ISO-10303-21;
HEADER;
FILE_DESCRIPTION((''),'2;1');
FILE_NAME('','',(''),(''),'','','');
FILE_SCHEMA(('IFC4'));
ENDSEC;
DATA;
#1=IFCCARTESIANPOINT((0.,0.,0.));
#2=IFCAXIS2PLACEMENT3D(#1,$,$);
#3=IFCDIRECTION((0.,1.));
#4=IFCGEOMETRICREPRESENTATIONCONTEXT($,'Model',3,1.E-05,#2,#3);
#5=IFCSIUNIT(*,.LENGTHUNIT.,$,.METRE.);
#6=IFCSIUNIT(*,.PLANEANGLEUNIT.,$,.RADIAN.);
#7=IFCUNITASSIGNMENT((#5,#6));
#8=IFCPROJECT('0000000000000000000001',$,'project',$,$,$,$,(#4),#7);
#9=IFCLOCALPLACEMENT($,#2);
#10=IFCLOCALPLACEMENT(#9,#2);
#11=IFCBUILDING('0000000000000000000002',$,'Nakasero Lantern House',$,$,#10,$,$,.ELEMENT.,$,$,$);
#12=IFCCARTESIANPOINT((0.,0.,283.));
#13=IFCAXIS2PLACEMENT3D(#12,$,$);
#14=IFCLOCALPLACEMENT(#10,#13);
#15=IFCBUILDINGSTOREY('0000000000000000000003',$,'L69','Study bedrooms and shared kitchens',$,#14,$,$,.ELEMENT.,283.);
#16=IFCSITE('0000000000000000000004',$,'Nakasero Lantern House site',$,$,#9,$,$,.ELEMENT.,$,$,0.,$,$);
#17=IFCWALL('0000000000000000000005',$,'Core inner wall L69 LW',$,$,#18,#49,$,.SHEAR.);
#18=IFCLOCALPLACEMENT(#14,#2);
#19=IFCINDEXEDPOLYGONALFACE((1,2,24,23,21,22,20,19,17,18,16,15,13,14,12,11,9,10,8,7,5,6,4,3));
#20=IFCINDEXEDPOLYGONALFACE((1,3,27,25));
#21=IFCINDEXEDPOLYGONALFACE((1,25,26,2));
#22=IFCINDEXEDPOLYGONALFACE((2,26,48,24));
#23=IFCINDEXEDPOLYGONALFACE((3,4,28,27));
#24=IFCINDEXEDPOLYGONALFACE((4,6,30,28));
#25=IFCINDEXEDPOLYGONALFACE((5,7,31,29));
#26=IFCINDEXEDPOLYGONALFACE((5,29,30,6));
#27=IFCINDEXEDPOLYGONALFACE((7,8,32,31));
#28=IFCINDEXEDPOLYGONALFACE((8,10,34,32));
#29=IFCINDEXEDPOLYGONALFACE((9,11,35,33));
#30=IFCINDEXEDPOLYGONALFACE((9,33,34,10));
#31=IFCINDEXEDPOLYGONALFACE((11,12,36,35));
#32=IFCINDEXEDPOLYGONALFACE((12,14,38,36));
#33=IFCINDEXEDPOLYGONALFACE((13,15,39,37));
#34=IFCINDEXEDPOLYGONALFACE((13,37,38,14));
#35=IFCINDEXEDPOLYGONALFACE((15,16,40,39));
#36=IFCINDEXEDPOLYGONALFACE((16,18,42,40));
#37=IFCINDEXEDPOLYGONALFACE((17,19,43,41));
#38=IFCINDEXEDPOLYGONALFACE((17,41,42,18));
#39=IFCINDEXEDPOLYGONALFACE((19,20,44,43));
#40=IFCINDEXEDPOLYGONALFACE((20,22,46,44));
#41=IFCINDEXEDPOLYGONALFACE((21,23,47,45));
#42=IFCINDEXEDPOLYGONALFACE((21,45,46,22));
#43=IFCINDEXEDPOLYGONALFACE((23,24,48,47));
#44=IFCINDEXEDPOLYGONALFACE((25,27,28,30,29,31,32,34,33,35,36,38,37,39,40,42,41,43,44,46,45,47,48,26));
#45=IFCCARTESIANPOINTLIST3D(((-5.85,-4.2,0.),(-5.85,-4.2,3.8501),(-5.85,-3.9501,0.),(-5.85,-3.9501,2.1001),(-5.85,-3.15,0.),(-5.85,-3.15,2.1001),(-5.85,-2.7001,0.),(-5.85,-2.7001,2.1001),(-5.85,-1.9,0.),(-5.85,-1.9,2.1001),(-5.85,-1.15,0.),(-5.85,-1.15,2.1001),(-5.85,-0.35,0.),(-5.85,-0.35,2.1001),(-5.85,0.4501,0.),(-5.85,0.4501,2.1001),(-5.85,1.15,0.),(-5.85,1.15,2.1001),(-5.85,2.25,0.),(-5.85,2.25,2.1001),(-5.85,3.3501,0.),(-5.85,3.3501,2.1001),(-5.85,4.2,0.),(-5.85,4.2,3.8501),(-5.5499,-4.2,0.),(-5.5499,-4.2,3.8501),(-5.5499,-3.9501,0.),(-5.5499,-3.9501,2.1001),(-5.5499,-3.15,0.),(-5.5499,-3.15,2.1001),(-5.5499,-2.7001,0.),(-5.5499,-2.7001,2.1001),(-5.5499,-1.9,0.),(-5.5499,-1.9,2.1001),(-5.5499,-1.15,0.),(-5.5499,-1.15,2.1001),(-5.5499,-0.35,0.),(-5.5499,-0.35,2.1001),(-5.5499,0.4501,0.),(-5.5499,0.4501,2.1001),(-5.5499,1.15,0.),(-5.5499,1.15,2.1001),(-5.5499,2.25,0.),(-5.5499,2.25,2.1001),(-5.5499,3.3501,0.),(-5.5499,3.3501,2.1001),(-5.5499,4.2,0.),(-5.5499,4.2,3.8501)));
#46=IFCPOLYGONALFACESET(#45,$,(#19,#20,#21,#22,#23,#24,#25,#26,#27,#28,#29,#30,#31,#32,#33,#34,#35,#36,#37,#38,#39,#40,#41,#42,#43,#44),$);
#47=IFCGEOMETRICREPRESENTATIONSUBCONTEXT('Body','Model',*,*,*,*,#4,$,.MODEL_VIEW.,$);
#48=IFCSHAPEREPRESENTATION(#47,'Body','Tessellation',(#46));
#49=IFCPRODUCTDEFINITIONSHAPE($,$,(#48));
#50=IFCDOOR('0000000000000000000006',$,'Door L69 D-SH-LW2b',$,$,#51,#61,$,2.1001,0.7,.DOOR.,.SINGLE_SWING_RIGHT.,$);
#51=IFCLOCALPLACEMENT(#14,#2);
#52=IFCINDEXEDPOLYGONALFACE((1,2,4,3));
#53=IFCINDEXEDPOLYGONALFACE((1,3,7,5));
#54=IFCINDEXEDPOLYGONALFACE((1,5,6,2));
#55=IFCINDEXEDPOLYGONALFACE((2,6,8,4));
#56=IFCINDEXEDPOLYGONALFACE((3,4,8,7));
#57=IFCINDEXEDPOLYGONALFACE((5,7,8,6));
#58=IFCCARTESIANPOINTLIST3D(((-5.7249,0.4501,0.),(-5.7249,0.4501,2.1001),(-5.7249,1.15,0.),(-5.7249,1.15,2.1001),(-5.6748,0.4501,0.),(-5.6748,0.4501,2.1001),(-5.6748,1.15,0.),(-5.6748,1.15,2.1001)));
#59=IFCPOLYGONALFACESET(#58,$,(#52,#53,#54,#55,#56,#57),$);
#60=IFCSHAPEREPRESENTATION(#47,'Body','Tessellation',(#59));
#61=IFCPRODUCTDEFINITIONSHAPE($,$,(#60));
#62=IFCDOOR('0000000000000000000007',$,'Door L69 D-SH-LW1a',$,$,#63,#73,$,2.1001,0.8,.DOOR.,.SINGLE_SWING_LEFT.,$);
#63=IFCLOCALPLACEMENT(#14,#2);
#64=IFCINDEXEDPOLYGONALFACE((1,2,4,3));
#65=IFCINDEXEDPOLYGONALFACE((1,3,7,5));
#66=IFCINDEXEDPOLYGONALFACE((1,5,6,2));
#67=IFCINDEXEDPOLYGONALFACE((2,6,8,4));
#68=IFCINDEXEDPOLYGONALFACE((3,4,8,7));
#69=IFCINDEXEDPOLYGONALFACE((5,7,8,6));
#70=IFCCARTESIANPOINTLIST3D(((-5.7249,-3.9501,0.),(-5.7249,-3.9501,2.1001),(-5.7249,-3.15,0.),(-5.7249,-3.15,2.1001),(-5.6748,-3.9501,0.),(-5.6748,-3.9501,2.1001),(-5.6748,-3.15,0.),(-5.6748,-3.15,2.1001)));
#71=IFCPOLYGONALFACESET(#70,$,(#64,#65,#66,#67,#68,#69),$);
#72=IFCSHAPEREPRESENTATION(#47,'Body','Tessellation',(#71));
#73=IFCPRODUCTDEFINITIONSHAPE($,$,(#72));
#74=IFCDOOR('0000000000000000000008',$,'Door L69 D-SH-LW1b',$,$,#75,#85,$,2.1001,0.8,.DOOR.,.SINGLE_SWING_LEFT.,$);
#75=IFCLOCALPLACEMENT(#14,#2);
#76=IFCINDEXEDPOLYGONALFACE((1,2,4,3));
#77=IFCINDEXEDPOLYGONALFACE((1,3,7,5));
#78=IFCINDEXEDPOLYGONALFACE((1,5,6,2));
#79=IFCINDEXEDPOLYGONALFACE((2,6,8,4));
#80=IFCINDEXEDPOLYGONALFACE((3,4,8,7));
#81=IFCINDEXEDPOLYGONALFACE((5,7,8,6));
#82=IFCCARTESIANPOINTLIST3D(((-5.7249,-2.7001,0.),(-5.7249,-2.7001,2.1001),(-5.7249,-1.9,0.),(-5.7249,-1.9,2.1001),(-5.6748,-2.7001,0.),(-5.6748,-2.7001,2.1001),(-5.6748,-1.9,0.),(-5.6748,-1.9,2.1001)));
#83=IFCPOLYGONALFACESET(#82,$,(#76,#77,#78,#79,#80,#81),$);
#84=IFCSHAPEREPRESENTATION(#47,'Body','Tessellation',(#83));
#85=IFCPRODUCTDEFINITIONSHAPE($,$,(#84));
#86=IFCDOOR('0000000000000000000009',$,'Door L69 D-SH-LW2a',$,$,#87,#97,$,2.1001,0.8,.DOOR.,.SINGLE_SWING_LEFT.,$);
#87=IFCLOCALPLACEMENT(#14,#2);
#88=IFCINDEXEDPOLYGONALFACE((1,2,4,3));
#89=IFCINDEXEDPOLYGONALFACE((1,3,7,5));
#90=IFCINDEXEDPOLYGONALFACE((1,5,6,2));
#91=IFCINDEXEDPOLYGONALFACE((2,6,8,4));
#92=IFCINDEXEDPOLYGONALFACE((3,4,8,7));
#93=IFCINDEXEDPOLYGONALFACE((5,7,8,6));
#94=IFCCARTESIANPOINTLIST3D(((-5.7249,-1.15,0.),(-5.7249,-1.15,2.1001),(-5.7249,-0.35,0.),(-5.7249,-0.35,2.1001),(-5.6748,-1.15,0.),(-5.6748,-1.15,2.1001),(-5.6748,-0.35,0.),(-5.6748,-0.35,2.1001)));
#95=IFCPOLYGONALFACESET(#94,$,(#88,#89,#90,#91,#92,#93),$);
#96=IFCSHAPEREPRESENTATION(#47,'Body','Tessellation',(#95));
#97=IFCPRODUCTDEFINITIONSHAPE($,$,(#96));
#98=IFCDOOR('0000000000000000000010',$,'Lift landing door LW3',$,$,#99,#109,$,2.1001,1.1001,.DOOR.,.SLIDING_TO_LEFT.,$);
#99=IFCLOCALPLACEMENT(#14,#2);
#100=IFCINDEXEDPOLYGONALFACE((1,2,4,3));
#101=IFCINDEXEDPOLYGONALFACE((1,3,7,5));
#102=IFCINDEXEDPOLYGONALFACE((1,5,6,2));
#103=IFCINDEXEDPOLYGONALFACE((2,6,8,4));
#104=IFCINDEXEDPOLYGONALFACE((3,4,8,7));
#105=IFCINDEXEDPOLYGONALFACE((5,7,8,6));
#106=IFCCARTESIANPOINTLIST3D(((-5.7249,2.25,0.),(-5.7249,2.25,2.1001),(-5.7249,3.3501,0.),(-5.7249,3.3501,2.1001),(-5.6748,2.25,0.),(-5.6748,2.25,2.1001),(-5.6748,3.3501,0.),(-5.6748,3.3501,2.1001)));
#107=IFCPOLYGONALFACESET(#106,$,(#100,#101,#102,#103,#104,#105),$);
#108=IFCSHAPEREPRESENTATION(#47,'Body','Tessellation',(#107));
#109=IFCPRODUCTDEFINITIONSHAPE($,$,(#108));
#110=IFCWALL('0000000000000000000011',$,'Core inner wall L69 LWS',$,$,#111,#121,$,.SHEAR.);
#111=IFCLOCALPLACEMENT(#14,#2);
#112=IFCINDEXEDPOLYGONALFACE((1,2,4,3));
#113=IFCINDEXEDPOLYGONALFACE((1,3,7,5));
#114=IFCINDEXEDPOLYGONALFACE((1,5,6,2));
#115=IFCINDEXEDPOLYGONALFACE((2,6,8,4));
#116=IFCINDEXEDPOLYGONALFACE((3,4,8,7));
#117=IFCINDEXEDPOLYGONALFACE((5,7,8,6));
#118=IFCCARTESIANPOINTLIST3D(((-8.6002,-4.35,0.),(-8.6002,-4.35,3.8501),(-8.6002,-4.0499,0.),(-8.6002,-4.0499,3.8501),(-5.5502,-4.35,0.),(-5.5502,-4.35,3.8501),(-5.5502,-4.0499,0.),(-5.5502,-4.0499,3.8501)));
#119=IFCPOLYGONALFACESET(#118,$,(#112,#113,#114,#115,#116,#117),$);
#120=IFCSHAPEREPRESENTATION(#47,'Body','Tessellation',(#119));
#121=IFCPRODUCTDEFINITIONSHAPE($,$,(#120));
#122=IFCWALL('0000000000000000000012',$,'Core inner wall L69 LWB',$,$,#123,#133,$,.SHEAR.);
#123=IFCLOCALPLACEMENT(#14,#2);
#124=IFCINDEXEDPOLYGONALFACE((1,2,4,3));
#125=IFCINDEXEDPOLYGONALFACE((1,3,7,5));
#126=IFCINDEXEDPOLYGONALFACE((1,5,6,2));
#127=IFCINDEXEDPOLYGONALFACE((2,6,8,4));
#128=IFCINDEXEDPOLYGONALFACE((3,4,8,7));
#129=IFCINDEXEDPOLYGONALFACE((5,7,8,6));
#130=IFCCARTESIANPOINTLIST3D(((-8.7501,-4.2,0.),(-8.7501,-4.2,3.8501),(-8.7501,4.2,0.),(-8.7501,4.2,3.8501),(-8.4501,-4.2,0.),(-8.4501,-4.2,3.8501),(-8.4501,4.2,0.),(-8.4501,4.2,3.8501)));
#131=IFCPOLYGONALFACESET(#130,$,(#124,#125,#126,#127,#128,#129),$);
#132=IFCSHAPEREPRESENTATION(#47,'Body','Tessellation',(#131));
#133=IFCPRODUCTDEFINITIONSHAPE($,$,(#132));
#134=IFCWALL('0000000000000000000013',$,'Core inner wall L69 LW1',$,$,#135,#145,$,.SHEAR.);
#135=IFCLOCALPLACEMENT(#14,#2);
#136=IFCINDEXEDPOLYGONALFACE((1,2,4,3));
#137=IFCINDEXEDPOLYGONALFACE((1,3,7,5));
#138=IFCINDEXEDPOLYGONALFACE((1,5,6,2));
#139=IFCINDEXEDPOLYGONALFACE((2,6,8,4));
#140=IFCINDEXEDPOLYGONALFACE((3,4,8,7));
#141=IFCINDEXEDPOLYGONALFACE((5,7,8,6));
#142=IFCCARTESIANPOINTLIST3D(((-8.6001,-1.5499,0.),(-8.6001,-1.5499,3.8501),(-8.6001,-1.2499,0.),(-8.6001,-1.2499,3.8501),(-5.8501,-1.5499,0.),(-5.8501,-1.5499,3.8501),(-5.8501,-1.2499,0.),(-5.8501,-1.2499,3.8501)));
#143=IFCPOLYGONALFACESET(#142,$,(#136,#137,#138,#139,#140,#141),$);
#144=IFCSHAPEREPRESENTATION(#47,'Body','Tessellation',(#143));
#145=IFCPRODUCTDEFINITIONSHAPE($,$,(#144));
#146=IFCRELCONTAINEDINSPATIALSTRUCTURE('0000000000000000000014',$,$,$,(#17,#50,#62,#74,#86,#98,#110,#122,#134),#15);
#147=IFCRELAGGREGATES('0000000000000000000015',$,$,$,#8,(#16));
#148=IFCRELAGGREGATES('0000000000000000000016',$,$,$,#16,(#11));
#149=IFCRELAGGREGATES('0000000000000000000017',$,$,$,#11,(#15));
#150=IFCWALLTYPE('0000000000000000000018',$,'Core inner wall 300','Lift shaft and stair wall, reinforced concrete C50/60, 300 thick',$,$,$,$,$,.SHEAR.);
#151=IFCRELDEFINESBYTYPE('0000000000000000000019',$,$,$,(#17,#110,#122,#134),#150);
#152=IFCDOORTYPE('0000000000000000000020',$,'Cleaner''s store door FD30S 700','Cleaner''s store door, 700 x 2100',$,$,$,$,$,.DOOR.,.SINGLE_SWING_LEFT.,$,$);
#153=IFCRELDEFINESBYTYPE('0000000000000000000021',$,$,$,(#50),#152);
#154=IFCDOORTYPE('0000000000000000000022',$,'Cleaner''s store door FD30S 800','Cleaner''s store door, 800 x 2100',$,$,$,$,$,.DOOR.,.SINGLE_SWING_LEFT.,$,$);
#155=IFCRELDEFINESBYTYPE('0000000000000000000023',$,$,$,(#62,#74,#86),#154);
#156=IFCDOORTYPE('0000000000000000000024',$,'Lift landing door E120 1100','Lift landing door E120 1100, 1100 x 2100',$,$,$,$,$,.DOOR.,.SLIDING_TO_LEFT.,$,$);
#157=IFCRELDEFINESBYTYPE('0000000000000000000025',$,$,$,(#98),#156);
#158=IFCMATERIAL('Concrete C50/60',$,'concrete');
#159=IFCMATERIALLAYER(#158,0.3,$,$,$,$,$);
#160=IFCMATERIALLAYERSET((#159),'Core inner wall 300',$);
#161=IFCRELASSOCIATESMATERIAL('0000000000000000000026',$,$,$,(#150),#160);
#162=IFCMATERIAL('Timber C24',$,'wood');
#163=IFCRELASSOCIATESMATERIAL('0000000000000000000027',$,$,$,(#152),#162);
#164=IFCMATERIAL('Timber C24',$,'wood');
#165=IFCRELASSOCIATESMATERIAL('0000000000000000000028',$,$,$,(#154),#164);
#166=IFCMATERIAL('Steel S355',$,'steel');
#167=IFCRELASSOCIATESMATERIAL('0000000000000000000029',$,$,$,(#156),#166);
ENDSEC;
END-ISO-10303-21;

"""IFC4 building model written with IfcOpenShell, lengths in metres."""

from ifc_helpers import new_model, si_unit, direction, frame, frame_2d, origin, place, context, subcontext, project, spatial, rectangle, extrude, material, layer, layer_set, type_object, element, fill, save


model = new_model("IFC4")

# Units and contexts
model_context = context("Model", 3, precision=1e-05, world=origin(), true_north=direction((0.0, 1.0)))
body_context = subcontext(model_context, "Body", "Model", "MODEL_VIEW")
ifc_project = project(units=[si_unit("LENGTHUNIT", "METRE"), si_unit("PLANEANGLEUNIT", "RADIAN")], contexts=[model_context])

# Site, building, storey
site_placement = place(None, origin())
site = spatial("IfcSite", under=ifc_project, at=site_placement, Name="Nakasero Lantern House site", CompositionType="ELEMENT", RefElevation=0.0)
building_placement = place(site_placement, origin())
building = spatial("IfcBuilding", under=site, at=building_placement, Name="Nakasero Lantern House", CompositionType="ELEMENT")
storey_placement = place(building_placement, frame((0.0, 0.0, 283.0)))
storey = spatial("IfcBuildingStorey", under=building, at=storey_placement, Name="L69", Description="Study bedrooms and shared kitchens", CompositionType="ELEMENT", Elevation=283.0)

# Wall, openings, doors
ifc_material_1 = material(Name="Concrete C50/60", Category="concrete")
ifc_layer_1 = layer(ifc_material_1, 0.3)
ifc_layer_set_1 = layer_set([ifc_layer_1], Name="Core inner wall 300")
wall_type_1 = type_object("IfcWallType", Name="Core inner wall 300", Description="Lift shaft and stair wall, reinforced concrete C50/60, 300 thick", PredefinedType="SHEAR", material=ifc_layer_set_1)
wall_1_placement = place(storey_placement, frame((-5.7, -4.2, 0.0), z_axis=(0.0, 0.0, 1.0), x_axis=(0.0, 1.0, 0.0)))
wall_1 = element("IfcWall", 1, at=wall_1_placement, inside=storey, type_object=wall_type_1, Name="Core inner wall L69 LW", PredefinedType="SHEAR", context=body_context, shape_type="SweptSolid", body=[
    extrude(rectangle(XDim=8.3999, YDim=0.3, at=frame_2d((4.2, 0.0))), origin(), (0.0, 0.0, 1.0), 3.8501),
])
opening_1_placement = place(wall_1_placement, frame((0.25, 0.0, 0.0)))
opening_1 = element("IfcOpeningElement", 2, at=opening_1_placement, cuts=wall_1, PredefinedType="OPENING", context=body_context, shape_type="SweptSolid", body=[
    extrude(rectangle(XDim=0.8, YDim=2.1001, at=frame_2d((0.3999, 1.05))), frame((0.0, 0.1699, 0.0), z_axis=(0.0, -1.0, 0.0), x_axis=(1.0, 0.0, 0.0)), (0.0, 0.0, 1.0), 0.3401),
])
opening_2_placement = place(wall_1_placement, frame((1.5, 0.0, 0.0)))
opening_2 = element("IfcOpeningElement", 3, at=opening_2_placement, cuts=wall_1, PredefinedType="OPENING", context=body_context, shape_type="SweptSolid", body=[
    extrude(rectangle(XDim=0.8, YDim=2.1001, at=frame_2d((0.3999, 1.05))), frame((0.0, 0.1699, 0.0), z_axis=(0.0, -1.0, 0.0), x_axis=(1.0, 0.0, 0.0)), (0.0, 0.0, 1.0), 0.3401),
])
opening_3_placement = place(wall_1_placement, frame((3.05, 0.0, 0.0)))
opening_3 = element("IfcOpeningElement", 4, at=opening_3_placement, cuts=wall_1, PredefinedType="OPENING", context=body_context, shape_type="SweptSolid", body=[
    extrude(rectangle(XDim=0.8, YDim=2.1001, at=frame_2d((0.3999, 1.05))), frame((0.0, 0.1699, 0.0), z_axis=(0.0, -1.0, 0.0), x_axis=(1.0, 0.0, 0.0)), (0.0, 0.0, 1.0), 0.3401),
])
opening_4_placement = place(wall_1_placement, frame((4.6499, 0.0, 0.0)))
opening_4 = element("IfcOpeningElement", 5, at=opening_4_placement, cuts=wall_1, PredefinedType="OPENING", context=body_context, shape_type="SweptSolid", body=[
    extrude(rectangle(XDim=0.7, YDim=2.1001, at=frame_2d((0.3501, 1.05))), frame((0.0, 0.1699, 0.0), z_axis=(0.0, -1.0, 0.0), x_axis=(1.0, 0.0, 0.0)), (0.0, 0.0, 1.0), 0.3401),
])
opening_5_placement = place(wall_1_placement, frame((6.45, 0.0, 0.0)))
opening_5 = element("IfcOpeningElement", 6, at=opening_5_placement, cuts=wall_1, PredefinedType="OPENING", context=body_context, shape_type="SweptSolid", body=[
    extrude(rectangle(XDim=1.1001, YDim=2.1001, at=frame_2d((0.55, 1.05))), frame((0.0, 0.1699, 0.0), z_axis=(0.0, -1.0, 0.0), x_axis=(1.0, 0.0, 0.0)), (0.0, 0.0, 1.0), 0.3401),
])
ifc_material_2 = material(Name="Timber C24", Category="wood")
door_type_1 = type_object("IfcDoorType", Name="Cleaner's store door FD30S 700", Description="Cleaner's store door, 700 x 2100", OperationType="SINGLE_SWING_LEFT", PredefinedType="DOOR", material=ifc_material_2)
door_1_placement = place(opening_4_placement, origin())
door_1 = element("IfcDoor", 7, at=door_1_placement, inside=storey, type_object=door_type_1, Name="Door L69 D-SH-LW2b", OperationType="SINGLE_SWING_RIGHT", OverallHeight=2.1001, OverallWidth=0.7, PredefinedType="DOOR", context=body_context, shape_type="SweptSolid", body=[
    extrude(rectangle(XDim=0.7, YDim=2.1001, at=frame_2d((0.3501, 1.05))), frame((0.0, 0.0249, 0.0), z_axis=(0.0, -1.0, 0.0), x_axis=(1.0, 0.0, 0.0)), (0.0, 0.0, 1.0), 0.05),
])
fill(opening_4, door_1)
ifc_material_3 = material(Name="Timber C24", Category="wood")
door_type_2 = type_object("IfcDoorType", Name="Cleaner's store door FD30S 800", Description="Cleaner's store door, 800 x 2100", OperationType="SINGLE_SWING_LEFT", PredefinedType="DOOR", material=ifc_material_3)
door_2_placement = place(opening_1_placement, origin())
door_2 = element("IfcDoor", 8, at=door_2_placement, inside=storey, type_object=door_type_2, Name="Door L69 D-SH-LW1a", OperationType="SINGLE_SWING_LEFT", OverallHeight=2.1001, OverallWidth=0.8, PredefinedType="DOOR", context=body_context, shape_type="SweptSolid", body=[
    extrude(rectangle(XDim=0.8, YDim=2.1001, at=frame_2d((0.3999, 1.05))), frame((0.0, 0.0249, 0.0), z_axis=(0.0, -1.0, 0.0), x_axis=(1.0, 0.0, 0.0)), (0.0, 0.0, 1.0), 0.05),
])
fill(opening_1, door_2)
door_3_placement = place(opening_2_placement, origin())
door_3 = element("IfcDoor", 9, at=door_3_placement, inside=storey, type_object=door_type_2, Name="Door L69 D-SH-LW1b", OperationType="SINGLE_SWING_LEFT", OverallHeight=2.1001, OverallWidth=0.8, PredefinedType="DOOR", context=body_context, shape_type="SweptSolid", body=[
    extrude(rectangle(XDim=0.8, YDim=2.1001, at=frame_2d((0.3999, 1.05))), frame((0.0, 0.0249, 0.0), z_axis=(0.0, -1.0, 0.0), x_axis=(1.0, 0.0, 0.0)), (0.0, 0.0, 1.0), 0.05),
])
fill(opening_2, door_3)
door_4_placement = place(opening_3_placement, origin())
door_4 = element("IfcDoor", 10, at=door_4_placement, inside=storey, type_object=door_type_2, Name="Door L69 D-SH-LW2a", OperationType="SINGLE_SWING_LEFT", OverallHeight=2.1001, OverallWidth=0.8, PredefinedType="DOOR", context=body_context, shape_type="SweptSolid", body=[
    extrude(rectangle(XDim=0.8, YDim=2.1001, at=frame_2d((0.3999, 1.05))), frame((0.0, 0.0249, 0.0), z_axis=(0.0, -1.0, 0.0), x_axis=(1.0, 0.0, 0.0)), (0.0, 0.0, 1.0), 0.05),
])
fill(opening_3, door_4)
ifc_material_4 = material(Name="Steel S355", Category="steel")
door_type_3 = type_object("IfcDoorType", Name="Lift landing door E120 1100", Description="Lift landing door E120 1100, 1100 x 2100", OperationType="SLIDING_TO_LEFT", PredefinedType="DOOR", material=ifc_material_4)
door_5_placement = place(opening_5_placement, origin())
door_5 = element("IfcDoor", 11, at=door_5_placement, inside=storey, type_object=door_type_3, Name="Lift landing door LW3", OperationType="SLIDING_TO_LEFT", OverallHeight=2.1001, OverallWidth=1.1001, PredefinedType="DOOR", context=body_context, shape_type="SweptSolid", body=[
    extrude(rectangle(XDim=1.1001, YDim=2.1001, at=frame_2d((0.55, 1.05))), frame((0.0, 0.0249, 0.0), z_axis=(0.0, -1.0, 0.0), x_axis=(1.0, 0.0, 0.0)), (0.0, 0.0, 1.0), 0.05),
])
fill(opening_5, door_5)

# Walls
wall_2_placement = place(storey_placement, frame((-8.6001, -4.2, 0.0), z_axis=(0.0, 0.0, 1.0), x_axis=(1.0, 0.0, 0.0)))
element("IfcWall", 12, at=wall_2_placement, inside=storey, type_object=wall_type_1, Name="Core inner wall L69 LWS", PredefinedType="SHEAR", context=body_context, shape_type="SweptSolid", body=[
    extrude(rectangle(XDim=3.05, YDim=0.3, at=frame_2d((1.5249, 0.0))), origin(), (0.0, 0.0, 1.0), 3.8501),
])
wall_3_placement = place(storey_placement, frame((-8.6001, -4.2, 0.0), z_axis=(0.0, 0.0, 1.0), x_axis=(0.0, 1.0, 0.0)))
element("IfcWall", 13, at=wall_3_placement, inside=storey, type_object=wall_type_1, Name="Core inner wall L69 LWB", PredefinedType="SHEAR", context=body_context, shape_type="SweptSolid", body=[
    extrude(rectangle(XDim=8.3999, YDim=0.3, at=frame_2d((4.2, 0.0))), origin(), (0.0, 0.0, 1.0), 3.8501),
])
wall_4_placement = place(storey_placement, frame((-8.6001, -1.3999, 0.0), z_axis=(0.0, 0.0, 1.0), x_axis=(1.0, 0.0, 0.0)))
element("IfcWall", 14, at=wall_4_placement, inside=storey, type_object=wall_type_1, Name="Core inner wall L69 LW1", PredefinedType="SHEAR", context=body_context, shape_type="SweptSolid", body=[
    extrude(rectangle(XDim=2.75, YDim=0.3, at=frame_2d((1.375, 0.0))), origin(), (0.0, 0.0, 1.0), 3.8501),
])

save(model, "model.ifc")
